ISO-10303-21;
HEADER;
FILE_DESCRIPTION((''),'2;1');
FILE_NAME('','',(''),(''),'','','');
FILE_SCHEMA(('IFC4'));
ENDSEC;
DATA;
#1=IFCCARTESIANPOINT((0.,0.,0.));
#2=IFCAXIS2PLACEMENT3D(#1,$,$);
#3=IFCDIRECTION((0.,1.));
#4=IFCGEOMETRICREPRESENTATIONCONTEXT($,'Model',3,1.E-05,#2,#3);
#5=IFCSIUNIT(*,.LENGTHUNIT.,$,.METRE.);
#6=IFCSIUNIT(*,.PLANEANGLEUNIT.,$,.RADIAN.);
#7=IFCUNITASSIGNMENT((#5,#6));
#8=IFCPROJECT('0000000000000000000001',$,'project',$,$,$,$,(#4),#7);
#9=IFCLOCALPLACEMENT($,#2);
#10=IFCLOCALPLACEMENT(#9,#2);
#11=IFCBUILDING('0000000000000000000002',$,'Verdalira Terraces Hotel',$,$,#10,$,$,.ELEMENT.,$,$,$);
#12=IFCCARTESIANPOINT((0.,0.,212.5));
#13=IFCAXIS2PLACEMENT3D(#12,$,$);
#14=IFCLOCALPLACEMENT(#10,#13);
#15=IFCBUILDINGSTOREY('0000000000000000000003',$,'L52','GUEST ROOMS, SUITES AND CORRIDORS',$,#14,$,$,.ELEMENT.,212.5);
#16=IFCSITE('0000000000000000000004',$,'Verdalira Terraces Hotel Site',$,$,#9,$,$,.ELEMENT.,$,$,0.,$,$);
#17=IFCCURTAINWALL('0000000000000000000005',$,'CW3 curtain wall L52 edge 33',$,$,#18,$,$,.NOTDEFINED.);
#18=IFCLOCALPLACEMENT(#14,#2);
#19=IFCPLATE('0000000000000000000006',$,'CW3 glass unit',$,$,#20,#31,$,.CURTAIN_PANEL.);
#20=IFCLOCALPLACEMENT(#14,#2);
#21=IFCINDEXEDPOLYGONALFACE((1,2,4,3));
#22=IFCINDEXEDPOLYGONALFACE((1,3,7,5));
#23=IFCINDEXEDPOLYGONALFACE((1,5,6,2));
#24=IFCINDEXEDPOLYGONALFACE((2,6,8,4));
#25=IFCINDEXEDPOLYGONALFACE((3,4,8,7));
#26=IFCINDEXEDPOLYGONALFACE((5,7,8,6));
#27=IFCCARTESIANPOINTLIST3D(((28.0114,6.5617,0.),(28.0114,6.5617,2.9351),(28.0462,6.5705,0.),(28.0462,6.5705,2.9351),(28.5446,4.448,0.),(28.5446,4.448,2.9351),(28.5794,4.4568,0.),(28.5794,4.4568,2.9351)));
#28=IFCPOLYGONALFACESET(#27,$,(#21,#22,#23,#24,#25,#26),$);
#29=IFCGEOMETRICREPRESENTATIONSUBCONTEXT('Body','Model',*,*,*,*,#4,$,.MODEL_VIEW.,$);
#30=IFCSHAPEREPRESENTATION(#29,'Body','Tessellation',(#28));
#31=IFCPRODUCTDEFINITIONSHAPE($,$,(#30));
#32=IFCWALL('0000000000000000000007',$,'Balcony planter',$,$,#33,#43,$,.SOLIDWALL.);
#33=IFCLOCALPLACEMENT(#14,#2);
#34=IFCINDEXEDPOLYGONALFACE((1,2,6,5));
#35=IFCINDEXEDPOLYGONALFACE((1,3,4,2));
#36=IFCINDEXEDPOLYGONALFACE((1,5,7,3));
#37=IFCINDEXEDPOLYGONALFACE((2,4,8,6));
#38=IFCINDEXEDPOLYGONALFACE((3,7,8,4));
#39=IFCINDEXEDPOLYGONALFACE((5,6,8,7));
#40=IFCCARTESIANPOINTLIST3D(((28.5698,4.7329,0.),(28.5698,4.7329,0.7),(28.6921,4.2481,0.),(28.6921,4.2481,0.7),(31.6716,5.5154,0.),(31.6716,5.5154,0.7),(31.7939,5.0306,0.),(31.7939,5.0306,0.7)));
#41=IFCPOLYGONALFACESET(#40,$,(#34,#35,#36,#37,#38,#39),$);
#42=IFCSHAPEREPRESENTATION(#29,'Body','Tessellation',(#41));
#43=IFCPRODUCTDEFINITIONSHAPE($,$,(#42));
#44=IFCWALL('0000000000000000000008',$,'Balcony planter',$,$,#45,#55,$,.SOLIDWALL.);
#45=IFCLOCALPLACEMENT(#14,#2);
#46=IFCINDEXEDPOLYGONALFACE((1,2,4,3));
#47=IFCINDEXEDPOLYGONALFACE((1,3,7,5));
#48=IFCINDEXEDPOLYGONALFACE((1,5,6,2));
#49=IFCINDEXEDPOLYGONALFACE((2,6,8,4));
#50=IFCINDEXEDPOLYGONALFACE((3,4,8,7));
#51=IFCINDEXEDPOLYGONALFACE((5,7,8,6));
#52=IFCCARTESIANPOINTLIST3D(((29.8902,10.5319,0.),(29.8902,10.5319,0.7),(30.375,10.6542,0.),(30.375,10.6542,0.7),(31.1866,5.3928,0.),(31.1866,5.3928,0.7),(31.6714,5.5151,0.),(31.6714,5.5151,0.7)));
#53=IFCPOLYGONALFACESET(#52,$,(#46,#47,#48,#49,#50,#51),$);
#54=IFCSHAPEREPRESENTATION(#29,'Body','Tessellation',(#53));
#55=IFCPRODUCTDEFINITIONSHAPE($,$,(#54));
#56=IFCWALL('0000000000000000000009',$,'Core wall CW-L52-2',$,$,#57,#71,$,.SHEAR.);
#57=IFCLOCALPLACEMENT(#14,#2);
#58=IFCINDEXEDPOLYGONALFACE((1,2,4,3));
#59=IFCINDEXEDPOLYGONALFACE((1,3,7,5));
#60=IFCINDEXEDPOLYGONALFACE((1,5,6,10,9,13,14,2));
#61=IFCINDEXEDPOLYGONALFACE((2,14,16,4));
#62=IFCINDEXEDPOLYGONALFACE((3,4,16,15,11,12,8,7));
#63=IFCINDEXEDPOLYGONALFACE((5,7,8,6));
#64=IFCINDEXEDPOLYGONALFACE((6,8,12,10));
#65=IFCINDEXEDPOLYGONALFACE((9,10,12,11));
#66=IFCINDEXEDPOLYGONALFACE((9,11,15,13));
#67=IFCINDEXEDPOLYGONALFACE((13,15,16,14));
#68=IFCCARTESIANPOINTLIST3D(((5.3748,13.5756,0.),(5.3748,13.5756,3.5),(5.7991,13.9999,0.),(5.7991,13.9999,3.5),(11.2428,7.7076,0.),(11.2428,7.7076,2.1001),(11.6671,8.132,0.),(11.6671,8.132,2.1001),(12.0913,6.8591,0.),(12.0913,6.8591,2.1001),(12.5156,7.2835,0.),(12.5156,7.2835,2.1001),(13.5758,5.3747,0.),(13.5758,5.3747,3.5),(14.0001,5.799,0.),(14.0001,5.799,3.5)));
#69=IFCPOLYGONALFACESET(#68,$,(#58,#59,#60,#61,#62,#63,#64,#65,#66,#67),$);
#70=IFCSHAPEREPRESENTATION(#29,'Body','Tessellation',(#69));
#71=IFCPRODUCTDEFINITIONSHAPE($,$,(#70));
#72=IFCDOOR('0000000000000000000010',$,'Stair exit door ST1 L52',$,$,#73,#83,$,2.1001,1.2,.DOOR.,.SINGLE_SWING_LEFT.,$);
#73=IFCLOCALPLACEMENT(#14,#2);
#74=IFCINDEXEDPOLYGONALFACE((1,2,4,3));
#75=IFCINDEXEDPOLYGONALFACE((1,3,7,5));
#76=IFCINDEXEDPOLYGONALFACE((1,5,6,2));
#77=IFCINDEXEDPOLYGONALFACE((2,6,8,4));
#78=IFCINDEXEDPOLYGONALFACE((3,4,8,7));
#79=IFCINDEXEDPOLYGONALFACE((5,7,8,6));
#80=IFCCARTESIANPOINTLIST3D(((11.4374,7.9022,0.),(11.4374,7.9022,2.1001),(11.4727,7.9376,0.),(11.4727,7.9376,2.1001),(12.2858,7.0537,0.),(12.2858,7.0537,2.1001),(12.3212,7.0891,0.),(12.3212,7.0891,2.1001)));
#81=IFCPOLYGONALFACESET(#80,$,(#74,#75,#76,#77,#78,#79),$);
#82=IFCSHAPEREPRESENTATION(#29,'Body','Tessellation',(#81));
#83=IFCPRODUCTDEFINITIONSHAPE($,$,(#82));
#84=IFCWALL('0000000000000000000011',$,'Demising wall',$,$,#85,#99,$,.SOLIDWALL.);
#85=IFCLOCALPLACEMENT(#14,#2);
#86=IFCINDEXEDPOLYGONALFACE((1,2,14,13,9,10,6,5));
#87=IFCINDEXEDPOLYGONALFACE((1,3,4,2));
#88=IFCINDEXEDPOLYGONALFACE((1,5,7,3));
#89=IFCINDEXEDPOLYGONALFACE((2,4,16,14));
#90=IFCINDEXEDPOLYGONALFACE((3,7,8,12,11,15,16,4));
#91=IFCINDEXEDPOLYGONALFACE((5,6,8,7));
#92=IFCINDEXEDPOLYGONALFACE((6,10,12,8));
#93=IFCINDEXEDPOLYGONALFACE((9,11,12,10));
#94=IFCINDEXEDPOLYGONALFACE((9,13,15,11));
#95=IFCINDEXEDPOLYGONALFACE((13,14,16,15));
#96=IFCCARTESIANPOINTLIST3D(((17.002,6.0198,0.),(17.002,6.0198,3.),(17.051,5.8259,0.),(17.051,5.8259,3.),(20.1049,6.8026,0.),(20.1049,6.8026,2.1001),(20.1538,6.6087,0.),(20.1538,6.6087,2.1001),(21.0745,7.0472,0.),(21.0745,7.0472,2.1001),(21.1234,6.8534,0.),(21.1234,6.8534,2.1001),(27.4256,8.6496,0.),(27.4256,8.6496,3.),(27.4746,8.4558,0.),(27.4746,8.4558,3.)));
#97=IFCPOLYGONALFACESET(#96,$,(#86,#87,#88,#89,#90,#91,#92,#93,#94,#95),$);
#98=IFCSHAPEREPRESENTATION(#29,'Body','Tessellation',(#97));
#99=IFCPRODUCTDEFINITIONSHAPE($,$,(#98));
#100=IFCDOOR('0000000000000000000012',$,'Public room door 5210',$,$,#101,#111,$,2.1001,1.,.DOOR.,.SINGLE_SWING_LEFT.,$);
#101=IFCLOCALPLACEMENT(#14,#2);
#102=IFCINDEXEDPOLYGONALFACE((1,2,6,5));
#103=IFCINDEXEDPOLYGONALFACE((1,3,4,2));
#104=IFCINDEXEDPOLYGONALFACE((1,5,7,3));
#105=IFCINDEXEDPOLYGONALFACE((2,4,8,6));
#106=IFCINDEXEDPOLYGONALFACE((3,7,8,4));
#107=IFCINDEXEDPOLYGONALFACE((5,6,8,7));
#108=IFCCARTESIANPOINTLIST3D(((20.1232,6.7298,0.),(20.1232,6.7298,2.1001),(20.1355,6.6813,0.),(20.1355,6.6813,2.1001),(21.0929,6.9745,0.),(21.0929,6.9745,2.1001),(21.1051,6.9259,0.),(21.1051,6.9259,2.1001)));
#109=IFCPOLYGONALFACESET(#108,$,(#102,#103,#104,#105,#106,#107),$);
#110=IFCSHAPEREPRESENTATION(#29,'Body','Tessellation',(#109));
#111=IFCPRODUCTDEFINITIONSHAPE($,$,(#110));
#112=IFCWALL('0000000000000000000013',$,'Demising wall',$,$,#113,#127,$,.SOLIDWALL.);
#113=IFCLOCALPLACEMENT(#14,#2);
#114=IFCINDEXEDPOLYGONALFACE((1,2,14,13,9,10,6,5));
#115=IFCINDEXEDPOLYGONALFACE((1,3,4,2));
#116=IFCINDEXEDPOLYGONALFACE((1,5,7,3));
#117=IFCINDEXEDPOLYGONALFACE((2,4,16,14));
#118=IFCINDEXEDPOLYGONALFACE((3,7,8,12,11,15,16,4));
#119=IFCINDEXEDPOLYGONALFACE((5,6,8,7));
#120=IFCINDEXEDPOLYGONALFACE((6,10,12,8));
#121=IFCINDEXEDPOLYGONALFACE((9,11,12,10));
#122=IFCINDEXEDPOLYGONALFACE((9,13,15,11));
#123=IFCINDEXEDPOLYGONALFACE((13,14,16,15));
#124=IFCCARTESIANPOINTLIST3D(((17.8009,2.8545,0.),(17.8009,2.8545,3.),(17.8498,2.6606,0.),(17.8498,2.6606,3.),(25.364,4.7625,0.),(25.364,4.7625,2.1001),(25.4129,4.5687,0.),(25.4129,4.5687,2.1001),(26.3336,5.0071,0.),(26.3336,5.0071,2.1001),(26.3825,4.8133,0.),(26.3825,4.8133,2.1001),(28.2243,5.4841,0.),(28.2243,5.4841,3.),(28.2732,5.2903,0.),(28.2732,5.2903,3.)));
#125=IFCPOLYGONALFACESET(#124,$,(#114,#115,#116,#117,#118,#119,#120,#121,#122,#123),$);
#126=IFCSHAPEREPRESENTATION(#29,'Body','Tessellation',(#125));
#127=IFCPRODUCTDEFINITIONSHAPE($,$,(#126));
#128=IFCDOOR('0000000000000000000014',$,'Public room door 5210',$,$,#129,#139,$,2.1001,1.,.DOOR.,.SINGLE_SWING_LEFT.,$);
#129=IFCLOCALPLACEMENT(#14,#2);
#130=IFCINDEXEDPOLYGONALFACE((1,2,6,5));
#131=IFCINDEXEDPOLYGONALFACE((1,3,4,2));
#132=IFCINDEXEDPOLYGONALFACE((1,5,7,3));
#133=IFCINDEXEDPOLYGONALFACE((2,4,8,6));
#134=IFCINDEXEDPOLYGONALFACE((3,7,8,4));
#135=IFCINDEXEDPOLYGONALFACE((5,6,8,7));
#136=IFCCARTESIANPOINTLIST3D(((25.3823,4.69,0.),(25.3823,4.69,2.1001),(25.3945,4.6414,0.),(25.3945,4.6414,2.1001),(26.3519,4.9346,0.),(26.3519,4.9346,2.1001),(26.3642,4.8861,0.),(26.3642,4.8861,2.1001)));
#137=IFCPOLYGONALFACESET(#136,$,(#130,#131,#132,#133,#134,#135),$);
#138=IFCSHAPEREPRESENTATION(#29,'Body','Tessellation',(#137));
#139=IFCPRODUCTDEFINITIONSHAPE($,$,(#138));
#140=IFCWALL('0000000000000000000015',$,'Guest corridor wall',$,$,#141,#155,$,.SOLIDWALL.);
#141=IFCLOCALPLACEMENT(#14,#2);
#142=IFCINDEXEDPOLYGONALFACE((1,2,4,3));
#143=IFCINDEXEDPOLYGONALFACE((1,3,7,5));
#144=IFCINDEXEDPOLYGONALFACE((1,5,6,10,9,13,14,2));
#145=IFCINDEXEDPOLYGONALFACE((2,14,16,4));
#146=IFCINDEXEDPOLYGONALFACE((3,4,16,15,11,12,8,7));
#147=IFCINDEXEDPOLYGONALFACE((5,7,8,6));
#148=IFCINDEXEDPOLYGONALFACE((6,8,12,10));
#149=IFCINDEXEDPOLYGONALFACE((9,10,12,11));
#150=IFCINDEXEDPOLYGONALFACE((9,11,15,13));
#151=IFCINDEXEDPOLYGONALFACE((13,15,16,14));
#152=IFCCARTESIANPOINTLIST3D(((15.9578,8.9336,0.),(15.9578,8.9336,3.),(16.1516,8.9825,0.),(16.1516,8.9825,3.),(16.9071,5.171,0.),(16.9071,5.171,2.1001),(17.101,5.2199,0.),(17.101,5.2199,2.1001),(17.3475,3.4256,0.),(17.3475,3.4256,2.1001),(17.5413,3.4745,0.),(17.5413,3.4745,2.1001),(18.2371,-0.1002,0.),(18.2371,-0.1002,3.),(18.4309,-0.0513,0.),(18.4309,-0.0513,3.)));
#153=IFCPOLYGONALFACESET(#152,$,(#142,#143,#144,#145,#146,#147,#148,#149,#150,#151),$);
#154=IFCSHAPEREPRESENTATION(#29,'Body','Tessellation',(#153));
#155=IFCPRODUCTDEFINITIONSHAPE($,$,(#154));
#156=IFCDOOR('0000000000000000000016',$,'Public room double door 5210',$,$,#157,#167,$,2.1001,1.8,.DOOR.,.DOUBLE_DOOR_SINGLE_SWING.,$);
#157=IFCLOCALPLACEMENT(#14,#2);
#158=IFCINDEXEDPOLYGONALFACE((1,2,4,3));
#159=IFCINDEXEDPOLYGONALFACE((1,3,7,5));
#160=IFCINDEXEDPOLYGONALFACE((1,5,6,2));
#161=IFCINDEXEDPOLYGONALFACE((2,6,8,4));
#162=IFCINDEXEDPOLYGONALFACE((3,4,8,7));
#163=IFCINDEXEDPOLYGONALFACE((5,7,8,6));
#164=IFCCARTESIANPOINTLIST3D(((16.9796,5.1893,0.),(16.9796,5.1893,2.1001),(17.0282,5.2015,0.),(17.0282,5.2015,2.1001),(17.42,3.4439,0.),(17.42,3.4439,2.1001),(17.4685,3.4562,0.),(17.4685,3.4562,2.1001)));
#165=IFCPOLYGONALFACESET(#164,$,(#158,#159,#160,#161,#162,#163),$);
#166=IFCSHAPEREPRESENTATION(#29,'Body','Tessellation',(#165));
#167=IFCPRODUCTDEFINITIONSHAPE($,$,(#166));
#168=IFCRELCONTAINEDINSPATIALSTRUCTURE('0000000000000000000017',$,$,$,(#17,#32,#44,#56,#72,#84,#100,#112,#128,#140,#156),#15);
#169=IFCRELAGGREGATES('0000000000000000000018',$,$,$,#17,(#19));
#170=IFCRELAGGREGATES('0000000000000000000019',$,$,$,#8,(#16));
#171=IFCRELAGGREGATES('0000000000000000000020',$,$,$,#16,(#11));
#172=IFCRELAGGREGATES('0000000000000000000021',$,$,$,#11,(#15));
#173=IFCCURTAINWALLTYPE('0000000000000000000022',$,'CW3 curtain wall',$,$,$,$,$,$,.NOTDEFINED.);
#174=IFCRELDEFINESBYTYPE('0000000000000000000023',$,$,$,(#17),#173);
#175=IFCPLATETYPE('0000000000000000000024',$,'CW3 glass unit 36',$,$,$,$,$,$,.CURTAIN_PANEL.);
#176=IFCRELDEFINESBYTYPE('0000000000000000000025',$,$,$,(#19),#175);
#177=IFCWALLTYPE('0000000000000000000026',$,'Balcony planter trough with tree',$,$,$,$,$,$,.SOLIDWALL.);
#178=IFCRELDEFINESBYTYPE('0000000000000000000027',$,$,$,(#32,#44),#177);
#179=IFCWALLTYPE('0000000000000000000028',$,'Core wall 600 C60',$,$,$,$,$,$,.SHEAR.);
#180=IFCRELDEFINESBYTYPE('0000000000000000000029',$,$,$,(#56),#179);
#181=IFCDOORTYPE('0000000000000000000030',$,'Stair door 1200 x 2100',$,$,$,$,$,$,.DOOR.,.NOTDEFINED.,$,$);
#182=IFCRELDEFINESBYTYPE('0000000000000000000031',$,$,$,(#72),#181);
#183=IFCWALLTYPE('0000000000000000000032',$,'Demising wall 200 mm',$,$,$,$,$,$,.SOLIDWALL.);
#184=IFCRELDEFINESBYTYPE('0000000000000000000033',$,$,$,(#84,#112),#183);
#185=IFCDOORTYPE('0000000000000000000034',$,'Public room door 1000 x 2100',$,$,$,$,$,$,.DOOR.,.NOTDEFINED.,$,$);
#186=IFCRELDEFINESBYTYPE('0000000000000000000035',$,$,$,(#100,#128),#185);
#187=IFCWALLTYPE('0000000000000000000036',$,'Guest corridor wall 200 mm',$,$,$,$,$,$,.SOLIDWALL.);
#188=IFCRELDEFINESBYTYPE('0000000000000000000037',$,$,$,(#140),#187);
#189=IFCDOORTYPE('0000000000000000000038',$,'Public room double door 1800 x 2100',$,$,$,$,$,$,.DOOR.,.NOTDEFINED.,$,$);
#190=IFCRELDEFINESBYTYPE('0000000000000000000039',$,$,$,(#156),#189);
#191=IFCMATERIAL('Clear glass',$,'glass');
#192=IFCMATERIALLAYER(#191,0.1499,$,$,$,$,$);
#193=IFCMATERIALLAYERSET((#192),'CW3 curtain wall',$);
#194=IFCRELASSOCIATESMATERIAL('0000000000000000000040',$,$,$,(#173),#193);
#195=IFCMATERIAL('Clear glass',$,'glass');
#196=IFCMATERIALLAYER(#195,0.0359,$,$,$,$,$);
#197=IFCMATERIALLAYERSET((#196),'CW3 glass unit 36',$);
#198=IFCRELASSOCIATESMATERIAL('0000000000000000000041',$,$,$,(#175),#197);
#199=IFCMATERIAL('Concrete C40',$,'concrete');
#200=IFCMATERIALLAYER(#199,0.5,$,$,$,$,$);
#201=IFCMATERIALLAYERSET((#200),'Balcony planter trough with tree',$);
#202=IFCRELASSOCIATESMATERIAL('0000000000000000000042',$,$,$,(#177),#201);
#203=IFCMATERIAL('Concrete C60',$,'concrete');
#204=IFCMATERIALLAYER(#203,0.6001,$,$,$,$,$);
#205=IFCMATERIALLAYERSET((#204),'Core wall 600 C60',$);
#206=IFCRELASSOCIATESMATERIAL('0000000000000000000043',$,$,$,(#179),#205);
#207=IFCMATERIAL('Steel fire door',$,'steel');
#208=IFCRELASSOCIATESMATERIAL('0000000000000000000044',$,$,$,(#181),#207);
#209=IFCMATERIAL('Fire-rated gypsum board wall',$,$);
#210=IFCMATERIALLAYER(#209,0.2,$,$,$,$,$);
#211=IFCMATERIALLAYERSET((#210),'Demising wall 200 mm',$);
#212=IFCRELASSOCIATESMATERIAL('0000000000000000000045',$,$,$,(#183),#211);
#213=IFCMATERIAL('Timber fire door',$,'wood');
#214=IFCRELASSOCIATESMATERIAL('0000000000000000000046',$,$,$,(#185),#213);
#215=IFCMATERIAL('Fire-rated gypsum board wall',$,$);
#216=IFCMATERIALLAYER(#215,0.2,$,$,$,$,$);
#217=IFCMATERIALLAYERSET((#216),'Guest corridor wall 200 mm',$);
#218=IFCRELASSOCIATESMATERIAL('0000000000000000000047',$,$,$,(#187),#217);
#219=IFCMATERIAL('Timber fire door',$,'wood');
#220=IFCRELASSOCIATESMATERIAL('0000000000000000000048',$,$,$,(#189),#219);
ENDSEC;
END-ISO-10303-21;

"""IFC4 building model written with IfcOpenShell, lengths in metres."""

from ifc_helpers import new_model, si_unit, direction, frame, frame_2d, origin, origin_2d, place, context, subcontext, project, spatial, rectangle, extrude, material, layer, layer_set, type_object, element, fill, aggregate, save


model = new_model("IFC4")

# Units and contexts
model_context = context("Model", 3, precision=1e-05, world=origin(), true_north=direction((0.0, 1.0)))
body_context = subcontext(model_context, "Body", "Model", "MODEL_VIEW")
ifc_project = project(units=[si_unit("LENGTHUNIT", "METRE"), si_unit("PLANEANGLEUNIT", "RADIAN")], contexts=[model_context])

# Site, building, storey
site_placement = place(None, origin())
site = spatial("IfcSite", under=ifc_project, at=site_placement, Name="Verdalira Terraces Hotel Site", CompositionType="ELEMENT", RefElevation=0.0)
building_placement = place(site_placement, origin())
building = spatial("IfcBuilding", under=site, at=building_placement, Name="Verdalira Terraces Hotel", CompositionType="ELEMENT")
storey_placement = place(building_placement, frame((0.0, 0.0, 212.5)))
storey = spatial("IfcBuildingStorey", under=building, at=storey_placement, Name="L52", Description="GUEST ROOMS, SUITES AND CORRIDORS", CompositionType="ELEMENT", Elevation=212.5)

# Curtain wall
ifc_material_1 = material(Name="Clear glass", Category="glass")
ifc_layer_1 = layer(ifc_material_1, 0.1499)
ifc_layer_set_1 = layer_set([ifc_layer_1], Name="CW3 curtain wall")
curtain_wall_type = type_object("IfcCurtainWallType", Name="CW3 curtain wall", PredefinedType="NOTDEFINED", material=ifc_layer_set_1)
curtain_wall_placement = place(storey_placement, origin())
curtain_wall = element("IfcCurtainWall", 1, at=curtain_wall_placement, inside=storey, type_object=curtain_wall_type, Name="CW3 curtain wall L52 edge 33", PredefinedType="NOTDEFINED")

# Plate
ifc_material_2 = material(Name="Clear glass", Category="glass")
ifc_layer_2 = layer(ifc_material_2, 0.0359)
ifc_layer_set_2 = layer_set([ifc_layer_2], Name="CW3 glass unit 36")
plate_type = type_object("IfcPlateType", Name="CW3 glass unit 36", PredefinedType="CURTAIN_PANEL", material=ifc_layer_set_2)
plate_placement = place(storey_placement, frame((28.2954, 5.5093, 0.0), z_axis=(0.0, 0.0, 1.0), x_axis=(-0.244631, 0.969616, 0.0)))
plate = element("IfcPlate", 2, at=plate_placement, type_object=plate_type, Name="CW3 glass unit", PredefinedType="CURTAIN_PANEL", context=body_context, shape_type="SweptSolid", body=[
    extrude(rectangle(XDim=2.1799, YDim=0.0359, at=origin_2d()), origin(), (0.0, 0.0, 1.0), 2.9351),
])
aggregate(curtain_wall, [plate])

# Walls
ifc_material_3 = material(Name="Concrete C40", Category="concrete")
ifc_layer_3 = layer(ifc_material_3, 0.5)
ifc_layer_set_3 = layer_set([ifc_layer_3], Name="Balcony planter trough with tree")
wall_type_1 = type_object("IfcWallType", Name="Balcony planter trough with tree", PredefinedType="SOLIDWALL", material=ifc_layer_set_3)
wall_1_placement = place(storey_placement, frame((28.6309, 4.4905, 0.0), z_axis=(0.0, 0.0, 1.0), x_axis=(0.969624, 0.2446, 0.0)))
element("IfcWall", 3, at=wall_1_placement, inside=storey, type_object=wall_type_1, Name="Balcony planter", PredefinedType="SOLIDWALL", context=body_context, shape_type="SweptSolid", body=[
    extrude(rectangle(XDim=3.199, YDim=0.5, at=frame_2d((1.5996, 0.0))), origin(), (0.0, 0.0, 1.0), 0.7),
])
wall_2_placement = place(storey_placement, frame((31.429, 5.4541, 0.0), z_axis=(0.0, 0.0, 1.0), x_axis=(-0.244594, 0.969625, 0.0)))
element("IfcWall", 4, at=wall_2_placement, inside=storey, type_object=wall_type_1, Name="Balcony planter", PredefinedType="SOLIDWALL", context=body_context, shape_type="SweptSolid", body=[
    extrude(rectangle(XDim=5.3, YDim=0.5, at=frame_2d((2.6499, 0.0))), origin(), (0.0, 0.0, 1.0), 0.7),
])

# Walls, openings, doors
ifc_material_4 = material(Name="Concrete C60", Category="concrete")
ifc_layer_4 = layer(ifc_material_4, 0.6001)
ifc_layer_set_4 = layer_set([ifc_layer_4], Name="Core wall 600 C60")
wall_type_2 = type_object("IfcWallType", Name="Core wall 600 C60", PredefinedType="SHEAR", material=ifc_layer_set_4)
wall_3_placement = place(storey_placement, frame((13.7878, 5.5869, 0.0), z_axis=(0.0, 0.0, 1.0), x_axis=(-0.707107, 0.707107, 0.0)))
wall_3 = element("IfcWall", 5, at=wall_3_placement, inside=storey, type_object=wall_type_2, Name="Core wall CW-L52-2", PredefinedType="SHEAR", context=body_context, shape_type="SweptSolid", body=[
    extrude(rectangle(XDim=11.5979, YDim=0.6001, at=frame_2d((5.7988, 0.0))), origin(), (0.0, 0.0, 1.0), 3.5),
])
opening_1_placement = place(wall_3_placement, frame((2.0991, 0.0, 0.0)))
opening_1 = element("IfcOpeningElement", 6, at=opening_1_placement, cuts=wall_3, PredefinedType="OPENING", context=body_context, shape_type="SweptSolid", body=[
    extrude(rectangle(XDim=1.2, YDim=2.1001, at=frame_2d((0.6001, 1.05))), frame((0.0, 0.3101, 0.0), z_axis=(0.0, -1.0, 0.0), x_axis=(1.0, 0.0, 0.0)), (0.0, 0.0, 1.0), 0.6201),
])
ifc_material_5 = material(Name="Steel fire door", Category="steel")
door_type_1 = type_object("IfcDoorType", Name="Stair door 1200 x 2100", OperationType="NOTDEFINED", PredefinedType="DOOR", material=ifc_material_5)
door_1_placement = place(opening_1_placement, origin())
door_1 = element("IfcDoor", 7, at=door_1_placement, inside=storey, type_object=door_type_1, Name="Stair exit door ST1 L52", OperationType="SINGLE_SWING_LEFT", OverallHeight=2.1001, OverallWidth=1.2, PredefinedType="DOOR", context=body_context, shape_type="SweptSolid", body=[
    extrude(rectangle(XDim=1.2, YDim=2.1001, at=frame_2d((0.6001, 1.05))), frame((0.0, 0.0249, 0.0), z_axis=(0.0, -1.0, 0.0), x_axis=(1.0, 0.0, 0.0)), (0.0, 0.0, 1.0), 0.05),
])
fill(opening_1, door_1)
ifc_material_6 = material(Name="Fire-rated gypsum board wall")
ifc_layer_5 = layer(ifc_material_6, 0.2)
ifc_layer_set_5 = layer_set([ifc_layer_5], Name="Demising wall 200 mm")
wall_type_3 = type_object("IfcWallType", Name="Demising wall 200 mm", PredefinedType="SOLIDWALL", material=ifc_layer_set_5)
wall_4_placement = place(storey_placement, frame((17.0266, 5.9229, 0.0), z_axis=(0.0, 0.0, 1.0), x_axis=(0.969615, 0.244635, 0.0)))
wall_4 = element("IfcWall", 8, at=wall_4_placement, inside=storey, type_object=wall_type_3, Name="Demising wall", PredefinedType="SOLIDWALL", context=body_context, shape_type="SweptSolid", body=[
    extrude(rectangle(XDim=10.7502, YDim=0.2, at=frame_2d((5.375, 0.0))), origin(), (0.0, 0.0, 1.0), 3.0),
])
opening_2_placement = place(wall_4_placement, frame((3.2, 0.0, 0.0)))
opening_2 = element("IfcOpeningElement", 9, at=opening_2_placement, cuts=wall_4, PredefinedType="OPENING", context=body_context, shape_type="SweptSolid", body=[
    extrude(rectangle(XDim=1.0, YDim=2.1001, at=frame_2d((0.5, 1.05))), frame((0.0, 0.1099, 0.0), z_axis=(0.0, -1.0, 0.0), x_axis=(1.0, 0.0, 0.0)), (0.0, 0.0, 1.0), 0.22),
])
ifc_material_7 = material(Name="Timber fire door", Category="wood")
door_type_2 = type_object("IfcDoorType", Name="Public room door 1000 x 2100", OperationType="NOTDEFINED", PredefinedType="DOOR", material=ifc_material_7)
door_2_placement = place(opening_2_placement, origin())
door_2 = element("IfcDoor", 10, at=door_2_placement, inside=storey, type_object=door_type_2, Name="Public room door 5210", OperationType="SINGLE_SWING_LEFT", OverallHeight=2.1001, OverallWidth=1.0, PredefinedType="DOOR", context=body_context, shape_type="SweptSolid", body=[
    extrude(rectangle(XDim=1.0, YDim=2.1001, at=frame_2d((0.5, 1.05))), frame((0.0, 0.0249, 0.0), z_axis=(0.0, -1.0, 0.0), x_axis=(1.0, 0.0, 0.0)), (0.0, 0.0, 1.0), 0.05),
])
fill(opening_2, door_2)
wall_5_placement = place(storey_placement, frame((28.2488, 5.3872, 0.0), z_axis=(0.0, 0.0, 1.0), x_axis=(-0.969619, -0.244619, 0.0)))
wall_5 = element("IfcWall", 11, at=wall_5_placement, inside=storey, type_object=wall_type_3, Name="Demising wall", PredefinedType="SOLIDWALL", context=body_context, shape_type="SweptSolid", body=[
    extrude(rectangle(XDim=10.75, YDim=0.2, at=frame_2d((5.375, 0.0))), origin(), (0.0, 0.0, 1.0), 3.0),
])
opening_3_placement = place(wall_5_placement, frame((1.95, 0.0, 0.0)))
opening_3 = element("IfcOpeningElement", 12, at=opening_3_placement, cuts=wall_5, PredefinedType="OPENING", context=body_context, shape_type="SweptSolid", body=[
    extrude(rectangle(XDim=1.0, YDim=2.1001, at=frame_2d((0.5, 1.05))), frame((0.0, 0.1099, 0.0), z_axis=(0.0, -1.0, 0.0), x_axis=(1.0, 0.0, 0.0)), (0.0, 0.0, 1.0), 0.22),
])
door_3_placement = place(opening_3_placement, origin())
door_3 = element("IfcDoor", 13, at=door_3_placement, inside=storey, type_object=door_type_2, Name="Public room door 5210", OperationType="SINGLE_SWING_LEFT", OverallHeight=2.1001, OverallWidth=1.0, PredefinedType="DOOR", context=body_context, shape_type="SweptSolid", body=[
    extrude(rectangle(XDim=1.0, YDim=2.1001, at=frame_2d((0.5, 1.05))), frame((0.0, 0.0249, 0.0), z_axis=(0.0, -1.0, 0.0), x_axis=(1.0, 0.0, 0.0)), (0.0, 0.0, 1.0), 0.05),
])
fill(opening_3, door_3)
ifc_material_8 = material(Name="Fire-rated gypsum board wall")
ifc_layer_6 = layer(ifc_material_8, 0.2)
ifc_layer_set_6 = layer_set([ifc_layer_6], Name="Guest corridor wall 200 mm")
wall_type_4 = type_object("IfcWallType", Name="Guest corridor wall 200 mm", PredefinedType="SOLIDWALL", material=ifc_layer_set_6)
wall_6_placement = place(storey_placement, frame((16.0547, 8.958, 0.0), z_axis=(0.0, 0.0, 1.0), x_axis=(0.244644, -0.969613, 0.0)))
wall_6 = element("IfcWall", 14, at=wall_6_placement, inside=storey, type_object=wall_type_4, Name="Guest corridor wall", PredefinedType="SOLIDWALL", context=body_context, shape_type="SweptSolid", body=[
    extrude(rectangle(XDim=9.3169, YDim=0.2, at=frame_2d((4.6584, 0.0))), origin(), (0.0, 0.0, 1.0), 3.0),
])
opening_4_placement = place(wall_6_placement, frame((3.8806, 0.0, 0.0)))
opening_4 = element("IfcOpeningElement", 15, at=opening_4_placement, cuts=wall_6, PredefinedType="OPENING", context=body_context, shape_type="SweptSolid", body=[
    extrude(rectangle(XDim=1.8, YDim=2.1001, at=frame_2d((0.8999, 1.05))), frame((0.0, 0.1099, 0.0), z_axis=(0.0, -1.0, 0.0), x_axis=(1.0, 0.0, 0.0)), (0.0, 0.0, 1.0), 0.22),
])
ifc_material_9 = material(Name="Timber fire door", Category="wood")
door_type_3 = type_object("IfcDoorType", Name="Public room double door 1800 x 2100", OperationType="NOTDEFINED", PredefinedType="DOOR", material=ifc_material_9)
door_4_placement = place(opening_4_placement, origin())
door_4 = element("IfcDoor", 16, at=door_4_placement, inside=storey, type_object=door_type_3, Name="Public room double door 5210", OperationType="DOUBLE_DOOR_SINGLE_SWING", OverallHeight=2.1001, OverallWidth=1.8, PredefinedType="DOOR", context=body_context, shape_type="SweptSolid", body=[
    extrude(rectangle(XDim=1.8, YDim=2.1001, at=frame_2d((0.8999, 1.05))), frame((0.0, 0.0249, 0.0), z_axis=(0.0, -1.0, 0.0), x_axis=(1.0, 0.0, 0.0)), (0.0, 0.0, 1.0), 0.05),
])
fill(opening_4, door_4)

save(model, "model.ifc")
